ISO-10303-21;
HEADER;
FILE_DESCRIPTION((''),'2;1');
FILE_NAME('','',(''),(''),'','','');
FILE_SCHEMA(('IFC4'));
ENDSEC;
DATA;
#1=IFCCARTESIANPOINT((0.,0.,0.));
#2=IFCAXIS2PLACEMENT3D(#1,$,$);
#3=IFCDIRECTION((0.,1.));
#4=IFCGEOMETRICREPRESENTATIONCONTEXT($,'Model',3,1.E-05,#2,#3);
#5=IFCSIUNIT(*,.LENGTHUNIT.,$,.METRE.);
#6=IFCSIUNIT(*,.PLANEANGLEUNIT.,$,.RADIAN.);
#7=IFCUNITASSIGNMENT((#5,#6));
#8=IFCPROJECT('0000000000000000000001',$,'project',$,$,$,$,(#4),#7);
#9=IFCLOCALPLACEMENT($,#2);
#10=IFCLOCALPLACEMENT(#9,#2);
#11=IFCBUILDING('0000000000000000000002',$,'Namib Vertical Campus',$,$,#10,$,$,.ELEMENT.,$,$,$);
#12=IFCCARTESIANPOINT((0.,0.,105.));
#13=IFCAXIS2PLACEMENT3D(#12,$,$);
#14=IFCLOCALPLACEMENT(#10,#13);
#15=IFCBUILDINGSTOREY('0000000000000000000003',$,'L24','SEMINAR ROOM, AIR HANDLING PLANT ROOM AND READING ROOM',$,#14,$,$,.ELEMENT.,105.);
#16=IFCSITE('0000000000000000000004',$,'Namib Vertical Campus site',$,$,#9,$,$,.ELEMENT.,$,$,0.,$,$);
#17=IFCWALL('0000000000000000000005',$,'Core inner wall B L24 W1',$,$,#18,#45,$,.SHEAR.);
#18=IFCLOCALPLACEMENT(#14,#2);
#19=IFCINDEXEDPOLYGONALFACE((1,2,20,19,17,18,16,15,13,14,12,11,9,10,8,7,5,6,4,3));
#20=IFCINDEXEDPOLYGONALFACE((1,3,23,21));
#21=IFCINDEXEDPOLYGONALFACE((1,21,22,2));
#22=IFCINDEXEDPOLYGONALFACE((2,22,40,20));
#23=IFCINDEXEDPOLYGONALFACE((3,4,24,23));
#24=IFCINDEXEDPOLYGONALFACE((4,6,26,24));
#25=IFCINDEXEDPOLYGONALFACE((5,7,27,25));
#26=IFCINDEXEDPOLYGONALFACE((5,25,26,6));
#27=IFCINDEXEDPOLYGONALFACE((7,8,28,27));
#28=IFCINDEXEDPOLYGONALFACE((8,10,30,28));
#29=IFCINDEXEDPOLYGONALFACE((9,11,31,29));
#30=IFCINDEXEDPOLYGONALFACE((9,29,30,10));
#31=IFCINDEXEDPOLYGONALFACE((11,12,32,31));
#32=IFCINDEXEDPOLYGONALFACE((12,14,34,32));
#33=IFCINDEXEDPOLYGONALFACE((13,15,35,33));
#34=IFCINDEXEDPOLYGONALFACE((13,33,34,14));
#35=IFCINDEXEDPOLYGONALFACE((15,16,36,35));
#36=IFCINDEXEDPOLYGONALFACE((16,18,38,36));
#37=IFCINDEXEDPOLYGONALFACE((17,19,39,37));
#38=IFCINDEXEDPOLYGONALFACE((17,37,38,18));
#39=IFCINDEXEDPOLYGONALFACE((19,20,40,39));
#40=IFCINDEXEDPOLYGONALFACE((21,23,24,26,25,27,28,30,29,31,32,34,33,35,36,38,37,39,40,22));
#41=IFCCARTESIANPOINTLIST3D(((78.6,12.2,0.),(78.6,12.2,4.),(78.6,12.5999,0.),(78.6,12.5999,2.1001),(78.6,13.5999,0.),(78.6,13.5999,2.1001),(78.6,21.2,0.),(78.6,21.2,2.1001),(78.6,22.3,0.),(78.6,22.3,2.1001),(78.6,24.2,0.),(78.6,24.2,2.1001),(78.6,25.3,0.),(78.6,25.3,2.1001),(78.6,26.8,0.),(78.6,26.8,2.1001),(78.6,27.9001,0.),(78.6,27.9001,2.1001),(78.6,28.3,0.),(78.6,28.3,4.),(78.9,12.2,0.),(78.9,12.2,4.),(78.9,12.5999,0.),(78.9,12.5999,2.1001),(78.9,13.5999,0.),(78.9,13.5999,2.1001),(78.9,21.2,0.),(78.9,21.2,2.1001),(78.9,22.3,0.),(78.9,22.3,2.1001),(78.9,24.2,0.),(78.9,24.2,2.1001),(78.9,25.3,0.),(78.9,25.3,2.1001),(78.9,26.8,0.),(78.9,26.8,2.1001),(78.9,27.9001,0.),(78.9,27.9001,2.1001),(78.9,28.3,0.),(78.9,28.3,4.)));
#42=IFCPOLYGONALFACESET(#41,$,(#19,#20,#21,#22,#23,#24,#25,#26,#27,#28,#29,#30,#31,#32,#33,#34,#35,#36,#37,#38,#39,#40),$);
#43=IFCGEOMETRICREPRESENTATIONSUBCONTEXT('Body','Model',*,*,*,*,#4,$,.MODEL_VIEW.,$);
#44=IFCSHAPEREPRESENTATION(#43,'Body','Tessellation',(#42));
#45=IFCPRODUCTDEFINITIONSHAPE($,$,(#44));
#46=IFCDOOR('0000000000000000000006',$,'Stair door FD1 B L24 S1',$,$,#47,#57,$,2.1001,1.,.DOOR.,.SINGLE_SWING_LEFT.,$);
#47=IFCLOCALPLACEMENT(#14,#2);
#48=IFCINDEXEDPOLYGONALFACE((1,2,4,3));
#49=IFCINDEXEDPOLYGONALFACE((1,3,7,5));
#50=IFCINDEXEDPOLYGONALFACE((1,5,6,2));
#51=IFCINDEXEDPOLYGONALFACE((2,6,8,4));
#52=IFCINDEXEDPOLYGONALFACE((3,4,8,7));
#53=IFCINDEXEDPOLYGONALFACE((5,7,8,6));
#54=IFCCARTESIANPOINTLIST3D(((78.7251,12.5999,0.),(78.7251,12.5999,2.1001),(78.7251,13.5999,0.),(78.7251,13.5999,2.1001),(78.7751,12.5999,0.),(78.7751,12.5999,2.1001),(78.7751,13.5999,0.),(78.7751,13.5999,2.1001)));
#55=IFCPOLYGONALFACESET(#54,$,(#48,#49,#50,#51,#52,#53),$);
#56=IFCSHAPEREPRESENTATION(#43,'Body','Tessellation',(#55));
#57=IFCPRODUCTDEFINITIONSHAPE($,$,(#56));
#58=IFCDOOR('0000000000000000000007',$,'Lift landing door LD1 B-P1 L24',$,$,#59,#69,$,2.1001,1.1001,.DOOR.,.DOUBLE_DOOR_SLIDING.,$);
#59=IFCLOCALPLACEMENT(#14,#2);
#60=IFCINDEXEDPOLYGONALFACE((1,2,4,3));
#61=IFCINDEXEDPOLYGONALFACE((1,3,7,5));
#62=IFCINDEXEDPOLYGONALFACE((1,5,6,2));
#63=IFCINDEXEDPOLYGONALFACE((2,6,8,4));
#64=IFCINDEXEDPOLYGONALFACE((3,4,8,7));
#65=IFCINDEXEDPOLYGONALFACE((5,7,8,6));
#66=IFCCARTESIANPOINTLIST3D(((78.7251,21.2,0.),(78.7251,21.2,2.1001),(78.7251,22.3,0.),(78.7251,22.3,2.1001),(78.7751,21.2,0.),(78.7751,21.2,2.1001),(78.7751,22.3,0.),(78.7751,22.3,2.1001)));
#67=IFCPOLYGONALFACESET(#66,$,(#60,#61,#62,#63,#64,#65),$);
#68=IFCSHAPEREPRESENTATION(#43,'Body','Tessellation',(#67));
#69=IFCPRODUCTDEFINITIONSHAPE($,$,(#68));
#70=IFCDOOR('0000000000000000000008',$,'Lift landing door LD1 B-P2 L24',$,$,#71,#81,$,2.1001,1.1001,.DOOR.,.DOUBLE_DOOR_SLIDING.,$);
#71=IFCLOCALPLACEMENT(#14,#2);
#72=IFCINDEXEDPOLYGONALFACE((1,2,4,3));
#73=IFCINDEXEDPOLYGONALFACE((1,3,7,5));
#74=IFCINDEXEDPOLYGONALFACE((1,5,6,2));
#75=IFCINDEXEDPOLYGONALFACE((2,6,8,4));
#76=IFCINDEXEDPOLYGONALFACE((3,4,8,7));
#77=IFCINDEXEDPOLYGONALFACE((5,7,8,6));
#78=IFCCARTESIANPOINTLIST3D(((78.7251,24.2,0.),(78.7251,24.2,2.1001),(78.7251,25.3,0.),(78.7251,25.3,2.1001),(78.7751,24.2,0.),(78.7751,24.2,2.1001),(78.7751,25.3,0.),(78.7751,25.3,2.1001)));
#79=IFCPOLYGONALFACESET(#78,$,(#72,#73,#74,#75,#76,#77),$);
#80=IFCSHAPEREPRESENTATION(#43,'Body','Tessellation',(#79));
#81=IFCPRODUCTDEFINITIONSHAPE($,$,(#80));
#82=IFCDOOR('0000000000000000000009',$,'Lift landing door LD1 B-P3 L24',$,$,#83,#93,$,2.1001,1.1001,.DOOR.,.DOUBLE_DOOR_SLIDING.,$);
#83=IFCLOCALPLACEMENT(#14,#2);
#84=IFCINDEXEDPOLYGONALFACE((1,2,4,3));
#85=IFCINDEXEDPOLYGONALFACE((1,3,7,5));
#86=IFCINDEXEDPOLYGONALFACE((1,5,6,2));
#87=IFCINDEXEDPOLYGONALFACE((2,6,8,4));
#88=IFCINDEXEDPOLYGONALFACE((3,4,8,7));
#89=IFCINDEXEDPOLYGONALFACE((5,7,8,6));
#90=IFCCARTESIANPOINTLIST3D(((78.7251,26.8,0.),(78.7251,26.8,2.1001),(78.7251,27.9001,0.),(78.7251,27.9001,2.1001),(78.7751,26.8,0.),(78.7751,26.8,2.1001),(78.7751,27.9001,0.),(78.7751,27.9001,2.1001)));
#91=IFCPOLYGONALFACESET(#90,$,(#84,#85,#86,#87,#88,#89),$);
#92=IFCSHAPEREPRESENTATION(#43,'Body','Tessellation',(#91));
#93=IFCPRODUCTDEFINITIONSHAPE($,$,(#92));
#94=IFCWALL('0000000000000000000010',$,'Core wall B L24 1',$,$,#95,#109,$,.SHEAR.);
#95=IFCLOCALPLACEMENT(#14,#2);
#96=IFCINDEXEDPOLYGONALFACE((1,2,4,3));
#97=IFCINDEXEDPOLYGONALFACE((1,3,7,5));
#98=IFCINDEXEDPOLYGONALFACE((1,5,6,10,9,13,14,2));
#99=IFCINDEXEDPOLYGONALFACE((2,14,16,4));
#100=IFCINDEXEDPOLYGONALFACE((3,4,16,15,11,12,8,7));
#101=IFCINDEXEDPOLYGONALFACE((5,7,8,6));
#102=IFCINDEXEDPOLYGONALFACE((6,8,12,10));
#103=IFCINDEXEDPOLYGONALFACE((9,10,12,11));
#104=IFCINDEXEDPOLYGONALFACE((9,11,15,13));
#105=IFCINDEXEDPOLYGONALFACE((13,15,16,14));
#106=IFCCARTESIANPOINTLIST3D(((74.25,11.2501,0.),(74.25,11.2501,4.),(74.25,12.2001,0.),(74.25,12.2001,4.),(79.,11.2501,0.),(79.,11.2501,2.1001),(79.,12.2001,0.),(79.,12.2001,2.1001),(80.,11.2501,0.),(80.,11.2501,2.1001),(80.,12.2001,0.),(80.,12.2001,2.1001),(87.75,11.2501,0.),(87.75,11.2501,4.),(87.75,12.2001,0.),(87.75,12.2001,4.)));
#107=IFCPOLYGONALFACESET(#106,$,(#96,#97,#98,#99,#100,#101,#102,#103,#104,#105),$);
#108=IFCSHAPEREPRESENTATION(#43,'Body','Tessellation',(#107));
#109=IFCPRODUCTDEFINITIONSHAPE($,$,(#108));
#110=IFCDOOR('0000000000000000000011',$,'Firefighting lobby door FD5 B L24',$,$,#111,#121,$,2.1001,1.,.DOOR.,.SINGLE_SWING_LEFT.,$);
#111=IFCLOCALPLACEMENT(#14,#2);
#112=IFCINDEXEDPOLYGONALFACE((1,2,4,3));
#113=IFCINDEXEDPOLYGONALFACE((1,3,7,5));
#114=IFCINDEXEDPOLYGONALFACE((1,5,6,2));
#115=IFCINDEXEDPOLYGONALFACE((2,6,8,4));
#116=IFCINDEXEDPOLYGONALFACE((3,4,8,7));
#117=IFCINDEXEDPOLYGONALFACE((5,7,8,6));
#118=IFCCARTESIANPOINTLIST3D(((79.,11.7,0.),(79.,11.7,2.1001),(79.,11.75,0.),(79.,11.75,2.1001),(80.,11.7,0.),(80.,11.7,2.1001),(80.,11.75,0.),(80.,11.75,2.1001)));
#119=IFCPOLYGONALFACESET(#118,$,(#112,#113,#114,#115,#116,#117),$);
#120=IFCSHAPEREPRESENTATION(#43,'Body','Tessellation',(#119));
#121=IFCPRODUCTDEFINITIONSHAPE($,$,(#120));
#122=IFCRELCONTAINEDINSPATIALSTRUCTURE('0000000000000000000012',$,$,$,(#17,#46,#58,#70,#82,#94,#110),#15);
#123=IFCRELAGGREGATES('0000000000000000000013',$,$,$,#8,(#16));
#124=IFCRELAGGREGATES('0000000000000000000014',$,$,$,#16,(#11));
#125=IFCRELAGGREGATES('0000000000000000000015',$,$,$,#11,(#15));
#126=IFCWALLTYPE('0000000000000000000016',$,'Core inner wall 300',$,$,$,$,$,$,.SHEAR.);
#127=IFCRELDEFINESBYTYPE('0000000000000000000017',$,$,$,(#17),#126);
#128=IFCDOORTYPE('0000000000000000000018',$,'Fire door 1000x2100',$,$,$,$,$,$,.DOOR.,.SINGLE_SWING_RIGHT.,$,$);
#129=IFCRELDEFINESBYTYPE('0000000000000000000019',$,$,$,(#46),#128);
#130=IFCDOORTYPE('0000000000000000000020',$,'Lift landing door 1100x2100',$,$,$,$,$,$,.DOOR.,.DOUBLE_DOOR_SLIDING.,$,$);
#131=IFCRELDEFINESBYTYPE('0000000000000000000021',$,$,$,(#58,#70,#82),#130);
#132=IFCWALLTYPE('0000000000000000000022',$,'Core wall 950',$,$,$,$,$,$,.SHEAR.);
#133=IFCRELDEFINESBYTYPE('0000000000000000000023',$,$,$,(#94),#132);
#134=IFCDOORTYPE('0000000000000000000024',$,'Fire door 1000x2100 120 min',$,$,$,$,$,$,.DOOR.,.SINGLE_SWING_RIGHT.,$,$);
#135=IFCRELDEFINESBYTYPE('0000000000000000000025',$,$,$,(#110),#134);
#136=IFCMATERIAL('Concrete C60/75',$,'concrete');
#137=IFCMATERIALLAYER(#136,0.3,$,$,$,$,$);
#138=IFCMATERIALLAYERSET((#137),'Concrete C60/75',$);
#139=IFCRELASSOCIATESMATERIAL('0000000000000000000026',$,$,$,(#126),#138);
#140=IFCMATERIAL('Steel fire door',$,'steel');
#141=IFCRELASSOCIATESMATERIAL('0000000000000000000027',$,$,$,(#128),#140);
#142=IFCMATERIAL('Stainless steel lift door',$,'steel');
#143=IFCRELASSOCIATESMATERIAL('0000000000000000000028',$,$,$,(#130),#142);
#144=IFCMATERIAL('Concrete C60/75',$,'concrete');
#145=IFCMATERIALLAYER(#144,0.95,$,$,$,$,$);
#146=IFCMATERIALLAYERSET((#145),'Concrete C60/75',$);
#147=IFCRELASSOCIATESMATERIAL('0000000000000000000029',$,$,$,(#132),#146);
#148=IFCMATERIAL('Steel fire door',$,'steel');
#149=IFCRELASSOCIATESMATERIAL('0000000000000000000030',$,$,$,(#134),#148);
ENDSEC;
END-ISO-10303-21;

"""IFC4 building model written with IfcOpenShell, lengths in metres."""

from ifc_helpers import new_model, si_unit, direction, frame, frame_2d, origin, place, context, subcontext, project, spatial, rectangle, extrude, material, layer, layer_set, type_object, element, fill, save


model = new_model("IFC4")

# Units and contexts
model_context = context("Model", 3, precision=1e-05, world=origin(), true_north=direction((0.0, 1.0)))
body_context = subcontext(model_context, "Body", "Model", "MODEL_VIEW")
ifc_project = project(units=[si_unit("LENGTHUNIT", "METRE"), si_unit("PLANEANGLEUNIT", "RADIAN")], contexts=[model_context])

# Site, building, storey
site_placement = place(None, origin())
site = spatial("IfcSite", under=ifc_project, at=site_placement, Name="Namib Vertical Campus site", CompositionType="ELEMENT", RefElevation=0.0)
building_placement = place(site_placement, origin())
building = spatial("IfcBuilding", under=site, at=building_placement, Name="Namib Vertical Campus", CompositionType="ELEMENT")
storey_placement = place(building_placement, frame((0.0, 0.0, 105.0)))
storey = spatial("IfcBuildingStorey", under=building, at=storey_placement, Name="L24", Description="SEMINAR ROOM, AIR HANDLING PLANT ROOM AND READING ROOM", CompositionType="ELEMENT", Elevation=105.0)

# Wall, openings, doors
ifc_material_1 = material(Name="Concrete C60/75", Category="concrete")
ifc_layer_1 = layer(ifc_material_1, 0.3)
ifc_layer_set_1 = layer_set([ifc_layer_1], Name="Concrete C60/75")
wall_type_1 = type_object("IfcWallType", Name="Core inner wall 300", PredefinedType="SHEAR", material=ifc_layer_set_1)
wall_1_placement = place(storey_placement, frame((78.75, 12.2, 0.0), z_axis=(0.0, 0.0, 1.0), x_axis=(0.0, 1.0, 0.0)))
wall_1 = element("IfcWall", 1, at=wall_1_placement, inside=storey, type_object=wall_type_1, Name="Core inner wall B L24 W1", PredefinedType="SHEAR", context=body_context, shape_type="SweptSolid", body=[
    extrude(rectangle(XDim=16.1001, YDim=0.3, at=frame_2d((8.05, 0.0))), origin(), (0.0, 0.0, 1.0), 4.0),
])
opening_1_placement = place(wall_1_placement, frame((0.3999, 0.0, 0.0)))
opening_1 = element("IfcOpeningElement", 2, at=opening_1_placement, cuts=wall_1, PredefinedType="OPENING", context=body_context, shape_type="SweptSolid", body=[
    extrude(rectangle(XDim=1.0, YDim=2.1001, at=frame_2d((0.5, 1.05))), frame((0.0, 0.1599, 0.0), z_axis=(0.0, -1.0, 0.0), x_axis=(1.0, 0.0, 0.0)), (0.0, 0.0, 1.0), 0.3201),
])
opening_2_placement = place(wall_1_placement, frame((9.0, 0.0, 0.0)))
opening_2 = element("IfcOpeningElement", 3, at=opening_2_placement, cuts=wall_1, PredefinedType="OPENING", context=body_context, shape_type="SweptSolid", body=[
    extrude(rectangle(XDim=1.1001, YDim=2.1001, at=frame_2d((0.55, 1.05))), frame((0.0, 0.1599, 0.0), z_axis=(0.0, -1.0, 0.0), x_axis=(1.0, 0.0, 0.0)), (0.0, 0.0, 1.0), 0.3201),
])
opening_3_placement = place(wall_1_placement, frame((12.0, 0.0, 0.0)))
opening_3 = element("IfcOpeningElement", 4, at=opening_3_placement, cuts=wall_1, PredefinedType="OPENING", context=body_context, shape_type="SweptSolid", body=[
    extrude(rectangle(XDim=1.1001, YDim=2.1001, at=frame_2d((0.55, 1.05))), frame((0.0, 0.1599, 0.0), z_axis=(0.0, -1.0, 0.0), x_axis=(1.0, 0.0, 0.0)), (0.0, 0.0, 1.0), 0.3201),
])
opening_4_placement = place(wall_1_placement, frame((14.6001, 0.0, 0.0)))
opening_4 = element("IfcOpeningElement", 5, at=opening_4_placement, cuts=wall_1, PredefinedType="OPENING", context=body_context, shape_type="SweptSolid", body=[
    extrude(rectangle(XDim=1.1001, YDim=2.1001, at=frame_2d((0.55, 1.05))), frame((0.0, 0.1599, 0.0), z_axis=(0.0, -1.0, 0.0), x_axis=(1.0, 0.0, 0.0)), (0.0, 0.0, 1.0), 0.3201),
])
ifc_material_2 = material(Name="Steel fire door", Category="steel")
door_type_1 = type_object("IfcDoorType", Name="Fire door 1000x2100", OperationType="SINGLE_SWING_RIGHT", PredefinedType="DOOR", material=ifc_material_2)
door_1_placement = place(opening_1_placement, origin())
door_1 = element("IfcDoor", 6, at=door_1_placement, inside=storey, type_object=door_type_1, Name="Stair door FD1 B L24 S1", OperationType="SINGLE_SWING_LEFT", OverallHeight=2.1001, OverallWidth=1.0, PredefinedType="DOOR", context=body_context, shape_type="SweptSolid", body=[
    extrude(rectangle(XDim=1.0, YDim=2.1001, at=frame_2d((0.5, 1.05))), frame((0.0, 0.0249, 0.0), z_axis=(0.0, -1.0, 0.0), x_axis=(1.0, 0.0, 0.0)), (0.0, 0.0, 1.0), 0.05),
])
fill(opening_1, door_1)
ifc_material_3 = material(Name="Stainless steel lift door", Category="steel")
door_type_2 = type_object("IfcDoorType", Name="Lift landing door 1100x2100", OperationType="DOUBLE_DOOR_SLIDING", PredefinedType="DOOR", material=ifc_material_3)
door_2_placement = place(opening_2_placement, origin())
door_2 = element("IfcDoor", 7, at=door_2_placement, inside=storey, type_object=door_type_2, Name="Lift landing door LD1 B-P1 L24", OperationType="DOUBLE_DOOR_SLIDING", OverallHeight=2.1001, OverallWidth=1.1001, PredefinedType="DOOR", context=body_context, shape_type="SweptSolid", body=[
    extrude(rectangle(XDim=1.1001, YDim=2.1001, at=frame_2d((0.55, 1.05))), frame((0.0, 0.0249, 0.0), z_axis=(0.0, -1.0, 0.0), x_axis=(1.0, 0.0, 0.0)), (0.0, 0.0, 1.0), 0.05),
])
fill(opening_2, door_2)
door_3_placement = place(opening_3_placement, origin())
door_3 = element("IfcDoor", 8, at=door_3_placement, inside=storey, type_object=door_type_2, Name="Lift landing door LD1 B-P2 L24", OperationType="DOUBLE_DOOR_SLIDING", OverallHeight=2.1001, OverallWidth=1.1001, PredefinedType="DOOR", context=body_context, shape_type="SweptSolid", body=[
    extrude(rectangle(XDim=1.1001, YDim=2.1001, at=frame_2d((0.55, 1.05))), frame((0.0, 0.0249, 0.0), z_axis=(0.0, -1.0, 0.0), x_axis=(1.0, 0.0, 0.0)), (0.0, 0.0, 1.0), 0.05),
])
fill(opening_3, door_3)
door_4_placement = place(opening_4_placement, origin())
door_4 = element("IfcDoor", 9, at=door_4_placement, inside=storey, type_object=door_type_2, Name="Lift landing door LD1 B-P3 L24", OperationType="DOUBLE_DOOR_SLIDING", OverallHeight=2.1001, OverallWidth=1.1001, PredefinedType="DOOR", context=body_context, shape_type="SweptSolid", body=[
    extrude(rectangle(XDim=1.1001, YDim=2.1001, at=frame_2d((0.55, 1.05))), frame((0.0, 0.0249, 0.0), z_axis=(0.0, -1.0, 0.0), x_axis=(1.0, 0.0, 0.0)), (0.0, 0.0, 1.0), 0.05),
])
fill(opening_4, door_4)

# Wall, opening, door
ifc_material_4 = material(Name="Concrete C60/75", Category="concrete")
ifc_layer_2 = layer(ifc_material_4, 0.95)
ifc_layer_set_2 = layer_set([ifc_layer_2], Name="Concrete C60/75")
wall_type_2 = type_object("IfcWallType", Name="Core wall 950", PredefinedType="SHEAR", material=ifc_layer_set_2)
wall_2_placement = place(storey_placement, frame((74.25, 11.7251, 0.0), z_axis=(0.0, 0.0, 1.0), x_axis=(1.0, 0.0, 0.0)))
wall_2 = element("IfcWall", 10, at=wall_2_placement, inside=storey, type_object=wall_type_2, Name="Core wall B L24 1", PredefinedType="SHEAR", context=body_context, shape_type="SweptSolid", body=[
    extrude(rectangle(XDim=13.5, YDim=0.95, at=frame_2d((6.75, 0.0))), origin(), (0.0, 0.0, 1.0), 4.0),
])
opening_5_placement = place(wall_2_placement, frame((4.75, 0.0, 0.0)))
opening_5 = element("IfcOpeningElement", 11, at=opening_5_placement, cuts=wall_2, PredefinedType="OPENING", context=body_context, shape_type="SweptSolid", body=[
    extrude(rectangle(XDim=1.0, YDim=2.1001, at=frame_2d((0.5, 1.05))), frame((0.0, 0.4849, 0.0), z_axis=(0.0, -1.0, 0.0), x_axis=(1.0, 0.0, 0.0)), (0.0, 0.0, 1.0), 0.97),
])
ifc_material_5 = material(Name="Steel fire door", Category="steel")
door_type_3 = type_object("IfcDoorType", Name="Fire door 1000x2100 120 min", OperationType="SINGLE_SWING_RIGHT", PredefinedType="DOOR", material=ifc_material_5)
door_5_placement = place(opening_5_placement, origin())
door_5 = element("IfcDoor", 12, at=door_5_placement, inside=storey, type_object=door_type_3, Name="Firefighting lobby door FD5 B L24", OperationType="SINGLE_SWING_LEFT", OverallHeight=2.1001, OverallWidth=1.0, PredefinedType="DOOR", context=body_context, shape_type="SweptSolid", body=[
    extrude(rectangle(XDim=1.0, YDim=2.1001, at=frame_2d((0.5, 1.05))), frame((0.0, 0.0249, 0.0), z_axis=(0.0, -1.0, 0.0), x_axis=(1.0, 0.0, 0.0)), (0.0, 0.0, 1.0), 0.05),
])
fill(opening_5, door_5)

save(model, "model.ifc")
